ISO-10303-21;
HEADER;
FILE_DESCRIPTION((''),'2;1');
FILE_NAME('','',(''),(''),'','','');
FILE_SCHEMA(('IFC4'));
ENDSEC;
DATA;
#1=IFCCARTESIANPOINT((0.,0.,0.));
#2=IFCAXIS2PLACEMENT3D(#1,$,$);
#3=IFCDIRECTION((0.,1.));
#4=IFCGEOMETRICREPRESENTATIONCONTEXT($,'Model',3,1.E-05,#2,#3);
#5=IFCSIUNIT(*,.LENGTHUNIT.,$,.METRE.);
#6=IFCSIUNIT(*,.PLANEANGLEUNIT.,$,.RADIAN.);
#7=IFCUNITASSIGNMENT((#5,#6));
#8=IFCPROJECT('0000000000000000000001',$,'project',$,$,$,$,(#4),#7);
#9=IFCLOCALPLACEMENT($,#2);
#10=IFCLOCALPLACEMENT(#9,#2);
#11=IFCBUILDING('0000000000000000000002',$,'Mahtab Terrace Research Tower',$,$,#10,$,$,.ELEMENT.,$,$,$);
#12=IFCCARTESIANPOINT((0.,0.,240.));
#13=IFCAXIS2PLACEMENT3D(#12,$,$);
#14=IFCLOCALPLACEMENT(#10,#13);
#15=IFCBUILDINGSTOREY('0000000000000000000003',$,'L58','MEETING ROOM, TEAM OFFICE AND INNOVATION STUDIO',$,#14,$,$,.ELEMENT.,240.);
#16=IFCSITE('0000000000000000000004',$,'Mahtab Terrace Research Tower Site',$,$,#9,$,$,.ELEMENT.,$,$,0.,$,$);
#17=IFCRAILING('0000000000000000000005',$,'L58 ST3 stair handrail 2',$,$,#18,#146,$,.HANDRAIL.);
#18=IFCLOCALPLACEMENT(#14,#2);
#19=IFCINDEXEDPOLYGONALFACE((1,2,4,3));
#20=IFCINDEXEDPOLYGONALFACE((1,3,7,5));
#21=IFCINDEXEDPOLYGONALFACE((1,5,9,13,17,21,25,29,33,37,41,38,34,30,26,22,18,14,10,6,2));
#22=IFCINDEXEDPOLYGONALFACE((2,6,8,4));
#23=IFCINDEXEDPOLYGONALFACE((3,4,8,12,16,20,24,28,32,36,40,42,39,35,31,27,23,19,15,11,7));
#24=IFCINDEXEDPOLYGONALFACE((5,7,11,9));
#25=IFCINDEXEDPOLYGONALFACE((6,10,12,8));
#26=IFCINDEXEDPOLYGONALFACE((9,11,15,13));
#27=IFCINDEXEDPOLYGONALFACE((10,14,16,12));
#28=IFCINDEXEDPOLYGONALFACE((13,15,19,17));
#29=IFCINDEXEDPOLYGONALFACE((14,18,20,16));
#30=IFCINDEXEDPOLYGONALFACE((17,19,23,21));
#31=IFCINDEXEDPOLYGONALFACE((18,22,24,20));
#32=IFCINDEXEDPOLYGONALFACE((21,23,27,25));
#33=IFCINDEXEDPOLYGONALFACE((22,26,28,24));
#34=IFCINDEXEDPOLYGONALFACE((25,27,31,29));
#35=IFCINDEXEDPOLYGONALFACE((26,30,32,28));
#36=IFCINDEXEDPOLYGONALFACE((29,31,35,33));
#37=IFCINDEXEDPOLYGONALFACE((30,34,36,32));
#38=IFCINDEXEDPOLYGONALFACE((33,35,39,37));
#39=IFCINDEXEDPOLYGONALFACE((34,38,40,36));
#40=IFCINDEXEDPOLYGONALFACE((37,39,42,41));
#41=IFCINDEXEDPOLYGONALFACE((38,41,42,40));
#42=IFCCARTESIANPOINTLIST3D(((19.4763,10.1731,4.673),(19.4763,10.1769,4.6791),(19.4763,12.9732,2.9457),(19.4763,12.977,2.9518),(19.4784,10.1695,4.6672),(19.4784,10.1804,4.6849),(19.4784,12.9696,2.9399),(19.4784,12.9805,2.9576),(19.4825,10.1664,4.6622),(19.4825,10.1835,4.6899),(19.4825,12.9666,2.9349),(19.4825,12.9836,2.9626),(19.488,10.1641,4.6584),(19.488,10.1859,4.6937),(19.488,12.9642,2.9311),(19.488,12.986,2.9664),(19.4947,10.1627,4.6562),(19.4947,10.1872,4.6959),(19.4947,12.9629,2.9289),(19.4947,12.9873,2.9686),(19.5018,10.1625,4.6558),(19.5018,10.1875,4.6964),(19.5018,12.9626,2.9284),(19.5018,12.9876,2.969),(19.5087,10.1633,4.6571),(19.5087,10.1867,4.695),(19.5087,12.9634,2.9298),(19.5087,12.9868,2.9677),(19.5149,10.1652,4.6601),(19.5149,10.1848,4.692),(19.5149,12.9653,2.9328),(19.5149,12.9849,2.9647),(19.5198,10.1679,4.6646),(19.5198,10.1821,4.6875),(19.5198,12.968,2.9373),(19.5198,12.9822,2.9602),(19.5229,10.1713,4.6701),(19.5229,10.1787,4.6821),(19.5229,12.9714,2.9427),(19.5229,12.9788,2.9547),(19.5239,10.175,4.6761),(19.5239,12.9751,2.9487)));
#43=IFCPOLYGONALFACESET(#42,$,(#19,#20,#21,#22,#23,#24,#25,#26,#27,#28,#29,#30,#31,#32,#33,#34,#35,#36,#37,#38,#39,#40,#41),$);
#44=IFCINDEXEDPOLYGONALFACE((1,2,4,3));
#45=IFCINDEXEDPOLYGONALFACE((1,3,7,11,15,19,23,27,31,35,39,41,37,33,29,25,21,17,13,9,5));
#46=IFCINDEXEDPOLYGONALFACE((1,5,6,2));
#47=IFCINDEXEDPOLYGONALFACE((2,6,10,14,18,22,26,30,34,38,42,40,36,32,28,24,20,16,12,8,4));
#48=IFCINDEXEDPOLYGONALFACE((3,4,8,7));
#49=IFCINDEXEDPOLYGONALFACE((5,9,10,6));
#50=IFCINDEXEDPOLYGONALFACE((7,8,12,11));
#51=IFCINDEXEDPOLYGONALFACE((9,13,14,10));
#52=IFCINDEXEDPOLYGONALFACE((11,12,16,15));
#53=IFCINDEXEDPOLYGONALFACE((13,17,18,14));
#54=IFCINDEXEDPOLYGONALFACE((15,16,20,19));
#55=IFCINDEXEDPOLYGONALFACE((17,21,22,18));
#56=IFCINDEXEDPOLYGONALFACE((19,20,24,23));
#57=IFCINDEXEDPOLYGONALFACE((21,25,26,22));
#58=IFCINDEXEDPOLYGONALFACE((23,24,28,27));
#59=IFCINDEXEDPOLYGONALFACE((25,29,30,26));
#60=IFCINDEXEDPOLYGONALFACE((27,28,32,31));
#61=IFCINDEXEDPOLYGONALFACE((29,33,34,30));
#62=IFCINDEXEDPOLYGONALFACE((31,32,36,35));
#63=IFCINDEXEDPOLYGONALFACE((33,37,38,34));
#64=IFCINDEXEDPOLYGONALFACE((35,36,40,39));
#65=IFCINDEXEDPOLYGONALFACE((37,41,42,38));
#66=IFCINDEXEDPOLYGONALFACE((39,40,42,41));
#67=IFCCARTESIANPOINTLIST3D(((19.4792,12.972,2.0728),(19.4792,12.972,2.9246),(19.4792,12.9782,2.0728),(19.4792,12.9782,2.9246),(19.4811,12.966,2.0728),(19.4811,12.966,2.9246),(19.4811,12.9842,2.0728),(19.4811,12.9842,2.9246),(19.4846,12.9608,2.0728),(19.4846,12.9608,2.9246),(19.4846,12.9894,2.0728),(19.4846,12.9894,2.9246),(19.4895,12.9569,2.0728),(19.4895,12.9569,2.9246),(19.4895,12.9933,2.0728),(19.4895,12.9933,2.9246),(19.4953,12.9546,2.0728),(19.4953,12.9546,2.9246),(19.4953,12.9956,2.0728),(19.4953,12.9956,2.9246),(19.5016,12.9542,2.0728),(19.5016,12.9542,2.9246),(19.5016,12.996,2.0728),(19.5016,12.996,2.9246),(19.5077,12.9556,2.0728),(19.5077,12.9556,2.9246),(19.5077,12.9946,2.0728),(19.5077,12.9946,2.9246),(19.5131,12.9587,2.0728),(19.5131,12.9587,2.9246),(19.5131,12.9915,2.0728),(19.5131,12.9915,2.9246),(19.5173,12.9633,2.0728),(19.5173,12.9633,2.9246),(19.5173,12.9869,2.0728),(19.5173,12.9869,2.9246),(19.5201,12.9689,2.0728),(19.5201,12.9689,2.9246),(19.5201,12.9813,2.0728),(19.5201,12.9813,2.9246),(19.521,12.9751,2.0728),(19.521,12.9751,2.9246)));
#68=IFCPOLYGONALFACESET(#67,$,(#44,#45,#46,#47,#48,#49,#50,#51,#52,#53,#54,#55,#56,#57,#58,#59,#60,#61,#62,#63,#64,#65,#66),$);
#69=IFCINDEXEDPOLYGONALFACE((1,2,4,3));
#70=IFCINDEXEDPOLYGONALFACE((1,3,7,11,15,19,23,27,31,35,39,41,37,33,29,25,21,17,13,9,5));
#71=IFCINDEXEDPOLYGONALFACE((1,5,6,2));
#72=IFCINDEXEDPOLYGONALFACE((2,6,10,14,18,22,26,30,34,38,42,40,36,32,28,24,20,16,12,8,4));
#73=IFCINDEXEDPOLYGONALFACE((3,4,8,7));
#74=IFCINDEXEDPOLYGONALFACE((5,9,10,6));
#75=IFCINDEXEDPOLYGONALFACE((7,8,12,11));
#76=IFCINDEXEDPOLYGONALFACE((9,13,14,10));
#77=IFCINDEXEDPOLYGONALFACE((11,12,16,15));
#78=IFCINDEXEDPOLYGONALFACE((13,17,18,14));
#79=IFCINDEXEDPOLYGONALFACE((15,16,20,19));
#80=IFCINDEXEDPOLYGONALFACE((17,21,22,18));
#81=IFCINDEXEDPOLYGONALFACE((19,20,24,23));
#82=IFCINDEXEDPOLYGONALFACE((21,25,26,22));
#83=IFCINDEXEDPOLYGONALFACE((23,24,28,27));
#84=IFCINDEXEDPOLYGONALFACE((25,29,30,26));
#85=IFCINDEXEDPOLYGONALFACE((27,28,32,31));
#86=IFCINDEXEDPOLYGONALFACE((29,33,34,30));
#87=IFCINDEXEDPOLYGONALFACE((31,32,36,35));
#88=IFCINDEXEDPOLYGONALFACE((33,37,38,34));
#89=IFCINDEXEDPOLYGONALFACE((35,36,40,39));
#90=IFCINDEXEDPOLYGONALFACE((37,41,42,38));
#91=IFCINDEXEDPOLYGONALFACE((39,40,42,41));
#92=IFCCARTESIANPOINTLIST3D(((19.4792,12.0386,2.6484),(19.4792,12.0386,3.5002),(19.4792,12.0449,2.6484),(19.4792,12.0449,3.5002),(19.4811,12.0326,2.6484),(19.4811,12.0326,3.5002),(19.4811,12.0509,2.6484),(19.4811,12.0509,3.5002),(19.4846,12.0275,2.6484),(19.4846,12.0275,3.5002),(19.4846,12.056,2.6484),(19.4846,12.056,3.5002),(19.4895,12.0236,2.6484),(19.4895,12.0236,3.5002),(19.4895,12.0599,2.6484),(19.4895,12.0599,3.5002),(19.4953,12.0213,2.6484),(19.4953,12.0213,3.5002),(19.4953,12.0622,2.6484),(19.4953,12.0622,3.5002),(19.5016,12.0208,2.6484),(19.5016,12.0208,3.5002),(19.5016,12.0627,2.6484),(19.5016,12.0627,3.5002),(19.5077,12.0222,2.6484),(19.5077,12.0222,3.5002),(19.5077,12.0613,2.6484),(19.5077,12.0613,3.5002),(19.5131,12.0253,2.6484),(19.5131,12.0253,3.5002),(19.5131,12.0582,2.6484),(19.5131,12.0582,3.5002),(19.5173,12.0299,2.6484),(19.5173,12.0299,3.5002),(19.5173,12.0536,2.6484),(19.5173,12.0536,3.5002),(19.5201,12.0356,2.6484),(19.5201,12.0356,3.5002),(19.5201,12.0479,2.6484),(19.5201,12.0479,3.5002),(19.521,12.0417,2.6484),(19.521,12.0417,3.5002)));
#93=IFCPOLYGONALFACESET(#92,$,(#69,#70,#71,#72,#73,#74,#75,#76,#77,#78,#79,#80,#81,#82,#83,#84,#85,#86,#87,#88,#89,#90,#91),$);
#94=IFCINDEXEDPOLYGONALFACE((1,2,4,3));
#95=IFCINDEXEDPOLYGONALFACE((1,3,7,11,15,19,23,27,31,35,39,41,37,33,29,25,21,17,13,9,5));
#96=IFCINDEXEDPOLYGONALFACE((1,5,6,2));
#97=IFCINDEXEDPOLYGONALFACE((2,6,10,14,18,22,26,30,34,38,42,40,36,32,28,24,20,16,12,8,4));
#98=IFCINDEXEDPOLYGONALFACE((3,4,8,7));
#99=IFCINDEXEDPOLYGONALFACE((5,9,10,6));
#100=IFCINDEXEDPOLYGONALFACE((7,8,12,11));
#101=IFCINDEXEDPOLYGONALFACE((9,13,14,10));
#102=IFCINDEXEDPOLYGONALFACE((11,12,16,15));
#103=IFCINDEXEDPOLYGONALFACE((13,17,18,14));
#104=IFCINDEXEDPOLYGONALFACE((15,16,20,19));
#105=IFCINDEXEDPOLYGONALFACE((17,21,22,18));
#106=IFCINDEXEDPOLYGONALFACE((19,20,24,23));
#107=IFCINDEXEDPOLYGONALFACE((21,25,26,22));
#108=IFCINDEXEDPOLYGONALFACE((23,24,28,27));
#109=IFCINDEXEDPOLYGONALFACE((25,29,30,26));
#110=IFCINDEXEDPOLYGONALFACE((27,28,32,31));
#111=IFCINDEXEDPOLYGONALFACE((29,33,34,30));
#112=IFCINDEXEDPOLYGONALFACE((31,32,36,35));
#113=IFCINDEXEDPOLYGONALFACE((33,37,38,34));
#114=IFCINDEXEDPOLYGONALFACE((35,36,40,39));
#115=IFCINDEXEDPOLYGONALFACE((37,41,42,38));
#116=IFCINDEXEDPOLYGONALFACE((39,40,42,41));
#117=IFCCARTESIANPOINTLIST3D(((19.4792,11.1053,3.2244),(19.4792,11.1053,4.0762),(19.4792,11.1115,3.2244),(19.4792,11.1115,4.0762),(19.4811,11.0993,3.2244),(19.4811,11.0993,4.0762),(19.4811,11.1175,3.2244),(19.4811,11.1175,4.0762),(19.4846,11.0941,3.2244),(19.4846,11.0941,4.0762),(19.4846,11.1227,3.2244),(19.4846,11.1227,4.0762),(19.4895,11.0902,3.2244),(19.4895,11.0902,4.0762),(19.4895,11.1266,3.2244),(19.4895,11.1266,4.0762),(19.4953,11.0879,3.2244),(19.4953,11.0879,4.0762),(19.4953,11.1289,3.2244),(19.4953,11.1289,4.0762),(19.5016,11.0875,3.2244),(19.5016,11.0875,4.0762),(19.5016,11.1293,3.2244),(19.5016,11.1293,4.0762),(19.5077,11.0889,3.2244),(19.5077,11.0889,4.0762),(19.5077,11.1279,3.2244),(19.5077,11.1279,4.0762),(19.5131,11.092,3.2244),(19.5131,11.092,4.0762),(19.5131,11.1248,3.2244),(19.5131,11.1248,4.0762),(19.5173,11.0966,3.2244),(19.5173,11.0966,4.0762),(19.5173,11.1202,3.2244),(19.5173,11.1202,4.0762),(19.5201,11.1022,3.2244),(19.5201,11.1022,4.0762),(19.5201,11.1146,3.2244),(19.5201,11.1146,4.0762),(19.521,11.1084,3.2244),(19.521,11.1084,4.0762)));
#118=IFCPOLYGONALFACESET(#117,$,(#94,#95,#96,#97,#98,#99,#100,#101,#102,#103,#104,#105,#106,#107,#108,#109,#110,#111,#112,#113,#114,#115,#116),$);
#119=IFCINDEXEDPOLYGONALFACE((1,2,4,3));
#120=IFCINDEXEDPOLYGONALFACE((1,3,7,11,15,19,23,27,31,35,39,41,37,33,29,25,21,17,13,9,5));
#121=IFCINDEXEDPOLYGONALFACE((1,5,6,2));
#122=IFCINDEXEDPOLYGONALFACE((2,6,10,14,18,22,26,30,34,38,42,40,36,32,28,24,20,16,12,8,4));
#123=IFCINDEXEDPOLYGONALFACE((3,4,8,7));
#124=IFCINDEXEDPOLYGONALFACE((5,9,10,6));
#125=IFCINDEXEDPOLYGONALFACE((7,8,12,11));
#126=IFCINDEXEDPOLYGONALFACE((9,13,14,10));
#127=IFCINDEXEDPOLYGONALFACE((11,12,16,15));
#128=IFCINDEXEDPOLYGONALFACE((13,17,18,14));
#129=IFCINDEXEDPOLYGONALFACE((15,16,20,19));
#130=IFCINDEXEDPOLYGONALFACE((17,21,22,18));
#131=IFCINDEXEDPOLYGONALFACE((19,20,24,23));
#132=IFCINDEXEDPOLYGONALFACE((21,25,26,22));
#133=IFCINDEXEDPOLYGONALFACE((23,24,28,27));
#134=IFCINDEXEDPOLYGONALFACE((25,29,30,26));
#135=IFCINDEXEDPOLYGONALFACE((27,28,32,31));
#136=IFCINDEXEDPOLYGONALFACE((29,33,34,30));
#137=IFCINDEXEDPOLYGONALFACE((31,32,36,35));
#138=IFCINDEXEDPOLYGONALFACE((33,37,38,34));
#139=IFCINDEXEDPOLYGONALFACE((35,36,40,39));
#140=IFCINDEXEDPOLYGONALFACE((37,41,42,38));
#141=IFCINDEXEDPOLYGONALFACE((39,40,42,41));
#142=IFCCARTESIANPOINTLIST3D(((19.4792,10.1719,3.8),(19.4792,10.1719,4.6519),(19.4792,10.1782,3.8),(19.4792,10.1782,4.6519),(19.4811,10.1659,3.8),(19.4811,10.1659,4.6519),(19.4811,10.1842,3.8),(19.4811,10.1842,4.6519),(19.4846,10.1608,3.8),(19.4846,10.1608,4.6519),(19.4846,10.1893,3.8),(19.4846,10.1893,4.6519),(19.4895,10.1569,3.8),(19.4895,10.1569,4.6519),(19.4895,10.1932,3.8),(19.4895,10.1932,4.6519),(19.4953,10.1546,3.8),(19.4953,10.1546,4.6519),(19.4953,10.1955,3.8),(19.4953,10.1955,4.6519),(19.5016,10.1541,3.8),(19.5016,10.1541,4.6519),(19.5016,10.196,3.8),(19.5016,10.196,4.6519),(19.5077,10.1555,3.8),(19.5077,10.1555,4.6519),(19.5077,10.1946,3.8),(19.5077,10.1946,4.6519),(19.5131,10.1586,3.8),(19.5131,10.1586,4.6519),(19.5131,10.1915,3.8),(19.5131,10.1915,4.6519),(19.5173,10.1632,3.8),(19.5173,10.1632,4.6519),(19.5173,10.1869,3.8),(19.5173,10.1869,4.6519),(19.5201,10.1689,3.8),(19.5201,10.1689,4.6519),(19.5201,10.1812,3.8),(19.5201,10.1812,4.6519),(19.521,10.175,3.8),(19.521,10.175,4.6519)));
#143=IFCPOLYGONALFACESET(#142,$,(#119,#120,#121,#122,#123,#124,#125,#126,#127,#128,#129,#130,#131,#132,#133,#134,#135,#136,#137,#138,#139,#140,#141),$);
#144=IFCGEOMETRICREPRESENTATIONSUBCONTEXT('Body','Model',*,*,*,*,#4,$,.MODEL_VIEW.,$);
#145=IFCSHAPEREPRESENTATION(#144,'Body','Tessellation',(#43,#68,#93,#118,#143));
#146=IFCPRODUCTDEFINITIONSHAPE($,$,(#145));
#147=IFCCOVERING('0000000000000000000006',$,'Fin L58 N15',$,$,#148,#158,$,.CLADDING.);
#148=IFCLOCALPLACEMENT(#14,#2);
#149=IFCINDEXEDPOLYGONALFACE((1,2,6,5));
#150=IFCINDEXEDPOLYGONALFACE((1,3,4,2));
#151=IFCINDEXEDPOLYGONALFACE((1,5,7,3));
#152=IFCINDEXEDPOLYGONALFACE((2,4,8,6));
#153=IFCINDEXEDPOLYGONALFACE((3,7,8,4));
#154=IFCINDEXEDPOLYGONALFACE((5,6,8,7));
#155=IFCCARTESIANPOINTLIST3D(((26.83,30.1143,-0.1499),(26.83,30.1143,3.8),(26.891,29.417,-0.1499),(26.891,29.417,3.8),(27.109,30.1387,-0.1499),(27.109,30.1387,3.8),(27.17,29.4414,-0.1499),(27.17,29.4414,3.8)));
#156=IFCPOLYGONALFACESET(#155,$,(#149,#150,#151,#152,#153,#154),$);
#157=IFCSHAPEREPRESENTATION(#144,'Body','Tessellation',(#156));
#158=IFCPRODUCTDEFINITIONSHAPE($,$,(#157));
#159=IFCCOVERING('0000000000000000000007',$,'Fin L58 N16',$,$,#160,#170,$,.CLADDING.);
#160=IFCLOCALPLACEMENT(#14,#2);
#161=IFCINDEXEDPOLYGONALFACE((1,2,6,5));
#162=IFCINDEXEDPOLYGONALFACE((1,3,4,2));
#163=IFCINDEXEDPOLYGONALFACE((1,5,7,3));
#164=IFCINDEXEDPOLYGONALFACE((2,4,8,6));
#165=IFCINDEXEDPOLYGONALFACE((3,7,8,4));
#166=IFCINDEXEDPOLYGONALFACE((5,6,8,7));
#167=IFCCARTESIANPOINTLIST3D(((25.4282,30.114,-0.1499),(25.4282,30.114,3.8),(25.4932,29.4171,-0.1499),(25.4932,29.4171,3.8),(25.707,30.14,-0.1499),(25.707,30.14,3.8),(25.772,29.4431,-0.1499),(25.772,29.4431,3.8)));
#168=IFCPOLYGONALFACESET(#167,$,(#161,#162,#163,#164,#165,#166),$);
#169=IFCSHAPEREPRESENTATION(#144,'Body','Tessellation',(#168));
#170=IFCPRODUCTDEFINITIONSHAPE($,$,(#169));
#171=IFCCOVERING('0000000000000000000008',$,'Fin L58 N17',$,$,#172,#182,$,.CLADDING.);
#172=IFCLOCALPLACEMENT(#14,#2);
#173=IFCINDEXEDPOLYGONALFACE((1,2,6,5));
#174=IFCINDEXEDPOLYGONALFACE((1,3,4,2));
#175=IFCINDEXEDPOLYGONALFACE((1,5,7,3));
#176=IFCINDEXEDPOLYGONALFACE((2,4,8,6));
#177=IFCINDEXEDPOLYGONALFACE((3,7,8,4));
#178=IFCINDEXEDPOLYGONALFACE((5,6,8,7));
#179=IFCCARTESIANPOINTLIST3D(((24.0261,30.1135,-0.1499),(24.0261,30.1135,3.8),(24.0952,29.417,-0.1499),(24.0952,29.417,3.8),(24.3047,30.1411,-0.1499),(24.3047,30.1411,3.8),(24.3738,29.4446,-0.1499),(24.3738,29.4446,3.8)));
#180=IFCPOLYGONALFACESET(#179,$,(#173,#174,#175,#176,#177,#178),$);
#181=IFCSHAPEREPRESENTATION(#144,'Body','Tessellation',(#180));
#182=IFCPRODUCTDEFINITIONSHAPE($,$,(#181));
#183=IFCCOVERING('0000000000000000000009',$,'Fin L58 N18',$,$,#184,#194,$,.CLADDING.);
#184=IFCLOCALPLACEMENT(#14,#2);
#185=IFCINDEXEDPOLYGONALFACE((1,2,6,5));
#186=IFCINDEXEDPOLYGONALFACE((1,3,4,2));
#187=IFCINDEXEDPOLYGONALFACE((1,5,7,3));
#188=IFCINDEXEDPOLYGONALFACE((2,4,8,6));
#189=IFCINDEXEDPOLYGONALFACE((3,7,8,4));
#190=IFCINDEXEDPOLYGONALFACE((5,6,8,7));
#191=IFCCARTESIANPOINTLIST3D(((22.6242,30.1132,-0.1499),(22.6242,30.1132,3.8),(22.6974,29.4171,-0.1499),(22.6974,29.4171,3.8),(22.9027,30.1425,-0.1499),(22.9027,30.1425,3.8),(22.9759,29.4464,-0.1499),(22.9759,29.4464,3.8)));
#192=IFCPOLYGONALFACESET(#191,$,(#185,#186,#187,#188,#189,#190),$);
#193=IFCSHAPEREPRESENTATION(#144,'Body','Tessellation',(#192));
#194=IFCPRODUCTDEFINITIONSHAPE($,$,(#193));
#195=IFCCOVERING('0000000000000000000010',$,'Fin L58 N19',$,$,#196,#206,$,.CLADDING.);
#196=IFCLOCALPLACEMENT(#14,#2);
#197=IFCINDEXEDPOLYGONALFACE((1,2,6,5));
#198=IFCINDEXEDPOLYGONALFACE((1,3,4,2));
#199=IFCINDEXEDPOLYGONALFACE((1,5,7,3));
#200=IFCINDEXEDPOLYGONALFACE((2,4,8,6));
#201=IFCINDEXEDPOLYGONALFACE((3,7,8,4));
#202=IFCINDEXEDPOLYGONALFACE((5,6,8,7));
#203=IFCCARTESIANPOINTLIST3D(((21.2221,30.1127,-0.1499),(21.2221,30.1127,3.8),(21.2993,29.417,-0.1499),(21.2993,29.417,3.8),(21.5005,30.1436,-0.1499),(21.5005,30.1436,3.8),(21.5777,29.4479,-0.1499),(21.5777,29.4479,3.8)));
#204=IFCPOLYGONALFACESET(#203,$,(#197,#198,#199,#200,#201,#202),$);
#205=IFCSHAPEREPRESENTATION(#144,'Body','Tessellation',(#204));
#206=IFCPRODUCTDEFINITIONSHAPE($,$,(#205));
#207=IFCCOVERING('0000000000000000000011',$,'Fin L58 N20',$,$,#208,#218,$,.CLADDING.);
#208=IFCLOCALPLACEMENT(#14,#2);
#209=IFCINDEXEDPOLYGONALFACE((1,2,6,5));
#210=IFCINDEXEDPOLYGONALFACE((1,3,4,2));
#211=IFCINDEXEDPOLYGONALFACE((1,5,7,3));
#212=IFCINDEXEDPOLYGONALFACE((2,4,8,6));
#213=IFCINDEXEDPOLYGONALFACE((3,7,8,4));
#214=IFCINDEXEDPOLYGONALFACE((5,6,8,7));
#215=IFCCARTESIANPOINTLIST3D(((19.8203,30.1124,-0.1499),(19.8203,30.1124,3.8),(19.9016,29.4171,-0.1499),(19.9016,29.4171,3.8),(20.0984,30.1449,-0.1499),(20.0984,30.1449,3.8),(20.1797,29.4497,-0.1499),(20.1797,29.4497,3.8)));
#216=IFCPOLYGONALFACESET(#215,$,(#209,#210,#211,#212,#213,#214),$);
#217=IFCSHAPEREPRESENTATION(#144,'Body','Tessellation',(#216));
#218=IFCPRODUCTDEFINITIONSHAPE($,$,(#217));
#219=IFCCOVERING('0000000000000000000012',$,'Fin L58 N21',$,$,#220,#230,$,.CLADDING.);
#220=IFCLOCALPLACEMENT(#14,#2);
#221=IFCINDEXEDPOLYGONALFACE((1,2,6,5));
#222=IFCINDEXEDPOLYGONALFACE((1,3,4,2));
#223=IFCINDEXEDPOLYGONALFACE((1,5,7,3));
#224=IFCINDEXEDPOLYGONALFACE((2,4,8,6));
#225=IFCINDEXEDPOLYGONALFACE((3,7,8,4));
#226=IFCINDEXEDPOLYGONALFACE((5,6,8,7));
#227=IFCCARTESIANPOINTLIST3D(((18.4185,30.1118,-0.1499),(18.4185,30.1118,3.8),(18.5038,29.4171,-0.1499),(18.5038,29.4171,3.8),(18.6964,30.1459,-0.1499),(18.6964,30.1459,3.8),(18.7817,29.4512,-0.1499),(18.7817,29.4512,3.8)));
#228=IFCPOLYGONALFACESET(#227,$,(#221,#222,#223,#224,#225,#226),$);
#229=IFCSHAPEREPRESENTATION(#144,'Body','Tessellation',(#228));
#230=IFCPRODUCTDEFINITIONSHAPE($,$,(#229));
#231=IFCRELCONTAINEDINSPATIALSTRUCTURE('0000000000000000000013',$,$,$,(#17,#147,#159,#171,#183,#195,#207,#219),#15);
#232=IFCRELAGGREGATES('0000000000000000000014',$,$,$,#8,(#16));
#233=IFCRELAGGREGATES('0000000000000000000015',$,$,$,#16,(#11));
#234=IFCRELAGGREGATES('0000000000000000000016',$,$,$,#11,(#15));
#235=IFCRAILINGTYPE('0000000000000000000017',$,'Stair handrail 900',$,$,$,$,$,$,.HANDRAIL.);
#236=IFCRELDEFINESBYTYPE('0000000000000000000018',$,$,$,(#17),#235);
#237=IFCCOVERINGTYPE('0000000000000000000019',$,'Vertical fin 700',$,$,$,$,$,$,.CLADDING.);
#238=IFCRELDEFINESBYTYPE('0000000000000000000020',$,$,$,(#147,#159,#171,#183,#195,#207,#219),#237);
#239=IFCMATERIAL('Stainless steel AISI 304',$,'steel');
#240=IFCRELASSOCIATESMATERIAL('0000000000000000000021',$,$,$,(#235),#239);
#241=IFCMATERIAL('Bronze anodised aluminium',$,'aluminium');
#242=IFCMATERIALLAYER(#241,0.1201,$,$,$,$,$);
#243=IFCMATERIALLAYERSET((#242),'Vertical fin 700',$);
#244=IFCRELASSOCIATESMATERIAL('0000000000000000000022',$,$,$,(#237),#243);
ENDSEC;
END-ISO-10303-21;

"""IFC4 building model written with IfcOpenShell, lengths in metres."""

from ifc_helpers import new_model, si_unit, direction, frame, origin, origin_2d, place, context, subcontext, project, spatial, rectangle, circle, extrude, material, layer, layer_set, type_object, element, save


model = new_model("IFC4")

# Units and contexts
model_context = context("Model", 3, precision=1e-05, world=origin(), true_north=direction((0.0, 1.0)))
body_context = subcontext(model_context, "Body", "Model", "MODEL_VIEW")
ifc_project = project(units=[si_unit("LENGTHUNIT", "METRE"), si_unit("PLANEANGLEUNIT", "RADIAN")], contexts=[model_context])

# Site, building, storey
site_placement = place(None, origin())
site = spatial("IfcSite", under=ifc_project, at=site_placement, Name="Mahtab Terrace Research Tower Site", CompositionType="ELEMENT", RefElevation=0.0)
building_placement = place(site_placement, origin())
building = spatial("IfcBuilding", under=site, at=building_placement, Name="Mahtab Terrace Research Tower", CompositionType="ELEMENT")
storey_placement = place(building_placement, frame((0.0, 0.0, 240.0)))
storey = spatial("IfcBuildingStorey", under=building, at=storey_placement, Name="L58", Description="MEETING ROOM, TEAM OFFICE AND INNOVATION STUDIO", CompositionType="ELEMENT", Elevation=240.0)

# Shared definitions
ifc_material_1 = material(Name="Stainless steel AISI 304", Category="steel")

# Railing
railing_type_1 = type_object("IfcRailingType", Name="Stair handrail 900", PredefinedType="HANDRAIL", material=ifc_material_1)
railing_1_placement = place(storey_placement, frame((19.5, 12.9751, 2.0728)))
element("IfcRailing", 1, at=railing_1_placement, inside=storey, type_object=railing_type_1, Name="L58 ST3 stair handrail 2", PredefinedType="HANDRAIL", context=body_context, shape_type="SweptSolid", body=[
    extrude(circle(Radius=0.0239, at=origin_2d()), frame((0.0, 0.0, 0.876), z_axis=(0.0, -0.85109, 0.52502), x_axis=(1.0, 0.0, 0.0)), (0.0, 0.0, 1.0), 3.29),
    extrude(circle(Radius=0.021, at=origin_2d()), origin(), (0.0, 0.0, 1.0), 0.8518),
    extrude(circle(Radius=0.021, at=origin_2d()), frame((0.0, -0.9333, 0.5757)), (0.0, 0.0, 1.0), 0.8518),
    extrude(circle(Radius=0.021, at=origin_2d()), frame((0.0, -1.8667, 1.1516)), (0.0, 0.0, 1.0), 0.8518),
    extrude(circle(Radius=0.021, at=origin_2d()), frame((0.0, -2.8, 1.7273)), (0.0, 0.0, 1.0), 0.8518),
])

# Coverings
ifc_material_2 = material(Name="Bronze anodised aluminium", Category="aluminium")
ifc_layer_1 = layer(ifc_material_2, 0.1201)
ifc_layer_set_1 = layer_set([ifc_layer_1], Name="Vertical fin 700")
covering_type = type_object("IfcCoveringType", Name="Vertical fin 700", PredefinedType="CLADDING", material=ifc_layer_set_1)
for number, where, z_axis, x_axis, name in (
    (2, (27.0, 29.7778, -0.1499), (0.0, 0.0, 1.0), (-0.996195, -0.087156, 0.0), "Fin L58 N15"),
    (3, (25.6001, 29.7786, -0.1499), (0.0, 0.0, 1.0), (-0.995671, -0.09295, 0.0), "Fin L58 N16"),
    (4, (24.2, 29.7791, -0.1499), (0.0, 0.0, 1.0), (-0.995113, -0.098741, 0.0), "Fin L58 N17"),
    (5, (22.8, 29.7798, -0.1499), (0.0, 0.0, 1.0), (-0.994522, -0.104528, 0.0), "Fin L58 N18"),
    (6, (21.3999, 29.7803, -0.1499), (0.0, 0.0, 1.0), (-0.993897, -0.110313, 0.0), "Fin L58 N19"),
    (7, (20.0, 29.781, -0.1499), (0.0, 0.0, 1.0), (-0.993238, -0.116093, 0.0), "Fin L58 N20"),
    (8, (18.6001, 29.7815, -0.1499), (0.0, 0.0, 1.0), (-0.992546, -0.121869, 0.0), "Fin L58 N21"),
):
    element("IfcCovering", number, at=place(storey_placement, frame(where, z_axis=z_axis, x_axis=x_axis)), inside=storey, type_object=covering_type, Name=name, PredefinedType="CLADDING", context=body_context, shape_type="SweptSolid", body=[
        extrude(rectangle(XDim=0.28, YDim=0.7, at=origin_2d()), origin(), (0.0, 0.0, 1.0), 3.95),
    ])

save(model, "model.ifc")
